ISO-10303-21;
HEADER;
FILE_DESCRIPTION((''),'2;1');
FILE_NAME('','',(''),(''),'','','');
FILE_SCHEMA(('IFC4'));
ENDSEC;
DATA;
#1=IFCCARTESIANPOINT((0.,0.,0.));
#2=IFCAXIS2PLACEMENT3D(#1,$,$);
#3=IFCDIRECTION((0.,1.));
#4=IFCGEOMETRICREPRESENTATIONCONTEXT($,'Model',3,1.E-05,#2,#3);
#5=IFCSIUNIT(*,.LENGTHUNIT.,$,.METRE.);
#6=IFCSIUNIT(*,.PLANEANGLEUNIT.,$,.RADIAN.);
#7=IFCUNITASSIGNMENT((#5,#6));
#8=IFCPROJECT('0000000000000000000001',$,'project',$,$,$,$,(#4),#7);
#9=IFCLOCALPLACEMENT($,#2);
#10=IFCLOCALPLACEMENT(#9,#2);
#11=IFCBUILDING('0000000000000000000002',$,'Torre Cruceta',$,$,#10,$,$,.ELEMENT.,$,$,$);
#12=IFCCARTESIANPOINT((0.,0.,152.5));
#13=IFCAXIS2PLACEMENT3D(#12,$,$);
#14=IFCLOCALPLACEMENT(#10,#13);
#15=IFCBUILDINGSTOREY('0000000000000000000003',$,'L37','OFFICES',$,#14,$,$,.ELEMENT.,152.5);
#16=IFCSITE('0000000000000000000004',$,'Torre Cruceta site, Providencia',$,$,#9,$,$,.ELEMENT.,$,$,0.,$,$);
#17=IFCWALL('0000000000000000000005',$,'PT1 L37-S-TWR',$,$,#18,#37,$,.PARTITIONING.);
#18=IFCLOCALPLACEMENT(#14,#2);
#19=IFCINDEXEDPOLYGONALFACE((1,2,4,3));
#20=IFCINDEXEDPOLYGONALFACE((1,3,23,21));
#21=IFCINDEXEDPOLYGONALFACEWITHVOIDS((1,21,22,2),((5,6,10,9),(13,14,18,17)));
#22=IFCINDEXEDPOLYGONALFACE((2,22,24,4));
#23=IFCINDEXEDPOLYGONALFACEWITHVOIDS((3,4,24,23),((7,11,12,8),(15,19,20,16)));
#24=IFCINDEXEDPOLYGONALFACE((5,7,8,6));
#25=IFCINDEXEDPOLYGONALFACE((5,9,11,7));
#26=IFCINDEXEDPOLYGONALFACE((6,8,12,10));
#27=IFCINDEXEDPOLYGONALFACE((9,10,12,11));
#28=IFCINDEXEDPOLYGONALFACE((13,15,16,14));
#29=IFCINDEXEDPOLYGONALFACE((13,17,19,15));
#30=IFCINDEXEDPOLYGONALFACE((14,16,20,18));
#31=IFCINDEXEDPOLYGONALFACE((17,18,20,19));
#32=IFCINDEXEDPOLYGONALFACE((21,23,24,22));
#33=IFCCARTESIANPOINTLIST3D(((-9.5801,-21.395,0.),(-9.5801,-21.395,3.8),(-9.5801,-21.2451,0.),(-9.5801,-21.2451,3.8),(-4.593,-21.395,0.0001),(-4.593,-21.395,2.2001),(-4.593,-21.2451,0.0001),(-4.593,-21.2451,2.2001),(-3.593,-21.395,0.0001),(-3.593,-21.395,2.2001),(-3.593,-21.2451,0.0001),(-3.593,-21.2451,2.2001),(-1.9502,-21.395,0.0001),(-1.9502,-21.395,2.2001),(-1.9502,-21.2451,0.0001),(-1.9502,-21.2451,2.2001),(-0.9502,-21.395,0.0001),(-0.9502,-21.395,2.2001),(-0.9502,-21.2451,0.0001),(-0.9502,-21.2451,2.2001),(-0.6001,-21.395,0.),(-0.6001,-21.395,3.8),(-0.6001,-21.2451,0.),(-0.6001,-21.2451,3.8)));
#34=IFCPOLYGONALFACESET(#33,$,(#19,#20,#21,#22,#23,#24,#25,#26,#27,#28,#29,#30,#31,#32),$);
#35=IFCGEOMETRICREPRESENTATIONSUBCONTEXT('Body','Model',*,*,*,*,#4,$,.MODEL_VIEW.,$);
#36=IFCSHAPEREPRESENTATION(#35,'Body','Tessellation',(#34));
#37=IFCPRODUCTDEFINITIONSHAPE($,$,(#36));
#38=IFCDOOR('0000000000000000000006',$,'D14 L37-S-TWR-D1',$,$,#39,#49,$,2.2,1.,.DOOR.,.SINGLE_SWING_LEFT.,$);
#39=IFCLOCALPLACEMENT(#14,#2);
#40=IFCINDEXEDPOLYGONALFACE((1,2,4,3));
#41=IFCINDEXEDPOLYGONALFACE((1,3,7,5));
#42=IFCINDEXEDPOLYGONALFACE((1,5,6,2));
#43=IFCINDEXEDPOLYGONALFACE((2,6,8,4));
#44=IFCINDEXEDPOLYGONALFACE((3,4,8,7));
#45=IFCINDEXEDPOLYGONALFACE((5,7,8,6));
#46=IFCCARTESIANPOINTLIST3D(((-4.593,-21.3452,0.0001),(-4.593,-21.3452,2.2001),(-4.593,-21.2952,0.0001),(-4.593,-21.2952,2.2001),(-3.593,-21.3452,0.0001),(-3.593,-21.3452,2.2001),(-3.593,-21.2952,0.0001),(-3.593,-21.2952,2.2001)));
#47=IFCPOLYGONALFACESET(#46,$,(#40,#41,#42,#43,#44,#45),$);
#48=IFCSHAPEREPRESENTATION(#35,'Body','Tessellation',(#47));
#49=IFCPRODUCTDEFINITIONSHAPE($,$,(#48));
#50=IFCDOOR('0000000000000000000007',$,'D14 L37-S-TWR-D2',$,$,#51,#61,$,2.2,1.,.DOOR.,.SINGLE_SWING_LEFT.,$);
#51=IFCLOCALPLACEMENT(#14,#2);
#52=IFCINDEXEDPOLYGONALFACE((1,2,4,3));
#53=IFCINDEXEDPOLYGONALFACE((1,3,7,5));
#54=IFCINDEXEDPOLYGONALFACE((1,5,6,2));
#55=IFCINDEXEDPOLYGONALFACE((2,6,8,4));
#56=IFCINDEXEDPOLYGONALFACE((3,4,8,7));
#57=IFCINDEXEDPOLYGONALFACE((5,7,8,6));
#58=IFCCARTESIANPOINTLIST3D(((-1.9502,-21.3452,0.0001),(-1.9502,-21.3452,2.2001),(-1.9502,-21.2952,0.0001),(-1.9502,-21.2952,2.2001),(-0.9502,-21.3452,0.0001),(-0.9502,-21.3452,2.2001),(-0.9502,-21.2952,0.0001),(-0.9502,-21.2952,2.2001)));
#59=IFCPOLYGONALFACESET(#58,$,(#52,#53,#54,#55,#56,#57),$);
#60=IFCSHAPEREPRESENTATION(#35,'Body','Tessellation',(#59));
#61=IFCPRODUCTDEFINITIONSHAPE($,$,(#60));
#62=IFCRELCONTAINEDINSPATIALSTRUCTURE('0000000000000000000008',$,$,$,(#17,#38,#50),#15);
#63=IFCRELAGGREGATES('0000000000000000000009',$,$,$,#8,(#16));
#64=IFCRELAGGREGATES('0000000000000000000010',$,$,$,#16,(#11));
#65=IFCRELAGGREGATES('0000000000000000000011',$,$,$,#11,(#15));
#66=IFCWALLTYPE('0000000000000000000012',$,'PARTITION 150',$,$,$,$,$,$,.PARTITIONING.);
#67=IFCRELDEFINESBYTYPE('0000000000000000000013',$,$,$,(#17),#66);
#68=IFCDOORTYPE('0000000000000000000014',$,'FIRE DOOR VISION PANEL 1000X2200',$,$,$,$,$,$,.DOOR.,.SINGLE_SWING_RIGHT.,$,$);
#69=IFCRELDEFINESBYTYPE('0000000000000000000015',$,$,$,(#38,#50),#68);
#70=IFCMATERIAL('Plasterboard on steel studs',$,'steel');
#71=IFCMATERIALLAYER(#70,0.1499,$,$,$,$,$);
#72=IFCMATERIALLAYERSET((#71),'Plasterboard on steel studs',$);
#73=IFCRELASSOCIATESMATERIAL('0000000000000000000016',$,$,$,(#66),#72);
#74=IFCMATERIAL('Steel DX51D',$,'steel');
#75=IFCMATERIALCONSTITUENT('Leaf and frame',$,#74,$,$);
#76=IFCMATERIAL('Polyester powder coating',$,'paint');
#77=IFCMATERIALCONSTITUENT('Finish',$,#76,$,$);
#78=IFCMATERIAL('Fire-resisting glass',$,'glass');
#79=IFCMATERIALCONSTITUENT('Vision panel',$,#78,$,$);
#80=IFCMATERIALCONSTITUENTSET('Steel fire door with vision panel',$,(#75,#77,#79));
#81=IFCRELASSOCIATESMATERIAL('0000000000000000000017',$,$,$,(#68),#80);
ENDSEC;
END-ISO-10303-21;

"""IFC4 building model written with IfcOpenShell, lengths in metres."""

from ifc_helpers import new_model, si_unit, direction, frame, frame_2d, origin, place, context, subcontext, project, spatial, rectangle, extrude, material, layer, layer_set, constituent, constituent_set, type_object, element, fill, save


model = new_model("IFC4")

# Units and contexts
model_context = context("Model", 3, precision=1e-05, world=origin(), true_north=direction((0.0, 1.0)))
body_context = subcontext(model_context, "Body", "Model", "MODEL_VIEW")
ifc_project = project(units=[si_unit("LENGTHUNIT", "METRE"), si_unit("PLANEANGLEUNIT", "RADIAN")], contexts=[model_context])

# Site, building, storey
site_placement = place(None, origin())
site = spatial("IfcSite", under=ifc_project, at=site_placement, Name="Torre Cruceta site, Providencia", CompositionType="ELEMENT", RefElevation=0.0)
building_placement = place(site_placement, origin())
building = spatial("IfcBuilding", under=site, at=building_placement, Name="Torre Cruceta", CompositionType="ELEMENT")
storey_placement = place(building_placement, frame((0.0, 0.0, 152.5)))
storey = spatial("IfcBuildingStorey", under=building, at=storey_placement, Name="L37", Description="OFFICES", CompositionType="ELEMENT", Elevation=152.5)

# Shared definitions
ifc_material_1 = material(Name="Plasterboard on steel studs", Category="steel")
ifc_layer_1 = layer(ifc_material_1, 0.1499)
ifc_layer_set_1 = layer_set([ifc_layer_1], Name="Plasterboard on steel studs")
wall_type_1 = type_object("IfcWallType", Name="PARTITION 150", PredefinedType="PARTITIONING", material=ifc_layer_set_1)

# Wall, openings, doors
wall_1_placement = place(storey_placement, frame((-9.5801, -21.3201, 0.0), z_axis=(0.0, 0.0, 1.0), x_axis=(1.0, 0.0, 0.0)))
wall_1 = element("IfcWall", 1, at=wall_1_placement, inside=storey, type_object=wall_type_1, Name="PT1 L37-S-TWR", PredefinedType="PARTITIONING", context=body_context, shape_type="SweptSolid", body=[
    extrude(rectangle(XDim=8.98, YDim=0.1499, at=frame_2d((4.49, 0.0))), origin(), (0.0, 0.0, 1.0), 3.8),
])
opening_1_placement = place(wall_1_placement, frame((4.9871, 0.0, 0.0)))
opening_1 = element("IfcOpeningElement", 2, at=opening_1_placement, cuts=wall_1, PredefinedType="OPENING", context=body_context, shape_type="SweptSolid", body=[
    extrude(rectangle(XDim=1.0, YDim=2.2, at=frame_2d((0.5, 1.1001))), frame((0.0, 0.085, 0.0), z_axis=(0.0, -1.0, 0.0), x_axis=(1.0, 0.0, 0.0)), (0.0, 0.0, 1.0), 0.1699),
])
opening_2_placement = place(wall_1_placement, frame((7.6299, 0.0, 0.0)))
opening_2 = element("IfcOpeningElement", 3, at=opening_2_placement, cuts=wall_1, PredefinedType="OPENING", context=body_context, shape_type="SweptSolid", body=[
    extrude(rectangle(XDim=1.0, YDim=2.2, at=frame_2d((0.5, 1.1001))), frame((0.0, 0.085, 0.0), z_axis=(0.0, -1.0, 0.0), x_axis=(1.0, 0.0, 0.0)), (0.0, 0.0, 1.0), 0.1699),
])
ifc_material_2 = material(Name="Steel DX51D", Category="steel")
ifc_constituent_1 = constituent(ifc_material_2, Name="Leaf and frame")
ifc_material_3 = material(Name="Polyester powder coating", Category="paint")
ifc_constituent_2 = constituent(ifc_material_3, Name="Finish")
ifc_material_4 = material(Name="Fire-resisting glass", Category="glass")
ifc_constituent_3 = constituent(ifc_material_4, Name="Vision panel")
ifc_constituent_set_1 = constituent_set(constituents=[ifc_constituent_1, ifc_constituent_2, ifc_constituent_3], Name="Steel fire door with vision panel")
door_type = type_object("IfcDoorType", Name="FIRE DOOR VISION PANEL 1000X2200", OperationType="SINGLE_SWING_RIGHT", PredefinedType="DOOR", material=ifc_constituent_set_1)
door_1_placement = place(opening_1_placement, frame((1.0, 0.0, 0.0), z_axis=(0.0, 0.0, 1.0), x_axis=(-1.0, 0.0, 0.0)))
door_1 = element("IfcDoor", 4, at=door_1_placement, inside=storey, type_object=door_type, Name="D14 L37-S-TWR-D1", OperationType="SINGLE_SWING_LEFT", OverallHeight=2.2, OverallWidth=1.0, PredefinedType="DOOR", context=body_context, shape_type="SweptSolid", body=[
    extrude(rectangle(XDim=1.0, YDim=2.2, at=frame_2d((0.5, 1.1001))), frame((0.0, 0.0251, 0.0), z_axis=(0.0, -1.0, 0.0), x_axis=(1.0, 0.0, 0.0)), (0.0, 0.0, 1.0), 0.05),
])
fill(opening_1, door_1)
door_2_placement = place(opening_2_placement, frame((1.0, 0.0, 0.0), z_axis=(0.0, 0.0, 1.0), x_axis=(-1.0, 0.0, 0.0)))
door_2 = element("IfcDoor", 5, at=door_2_placement, inside=storey, type_object=door_type, Name="D14 L37-S-TWR-D2", OperationType="SINGLE_SWING_LEFT", OverallHeight=2.2, OverallWidth=1.0, PredefinedType="DOOR", context=body_context, shape_type="SweptSolid", body=[
    extrude(rectangle(XDim=1.0, YDim=2.2, at=frame_2d((0.5, 1.1001))), frame((0.0, 0.0251, 0.0), z_axis=(0.0, -1.0, 0.0), x_axis=(1.0, 0.0, 0.0)), (0.0, 0.0, 1.0), 0.05),
])
fill(opening_2, door_2)

save(model, "model.ifc")
